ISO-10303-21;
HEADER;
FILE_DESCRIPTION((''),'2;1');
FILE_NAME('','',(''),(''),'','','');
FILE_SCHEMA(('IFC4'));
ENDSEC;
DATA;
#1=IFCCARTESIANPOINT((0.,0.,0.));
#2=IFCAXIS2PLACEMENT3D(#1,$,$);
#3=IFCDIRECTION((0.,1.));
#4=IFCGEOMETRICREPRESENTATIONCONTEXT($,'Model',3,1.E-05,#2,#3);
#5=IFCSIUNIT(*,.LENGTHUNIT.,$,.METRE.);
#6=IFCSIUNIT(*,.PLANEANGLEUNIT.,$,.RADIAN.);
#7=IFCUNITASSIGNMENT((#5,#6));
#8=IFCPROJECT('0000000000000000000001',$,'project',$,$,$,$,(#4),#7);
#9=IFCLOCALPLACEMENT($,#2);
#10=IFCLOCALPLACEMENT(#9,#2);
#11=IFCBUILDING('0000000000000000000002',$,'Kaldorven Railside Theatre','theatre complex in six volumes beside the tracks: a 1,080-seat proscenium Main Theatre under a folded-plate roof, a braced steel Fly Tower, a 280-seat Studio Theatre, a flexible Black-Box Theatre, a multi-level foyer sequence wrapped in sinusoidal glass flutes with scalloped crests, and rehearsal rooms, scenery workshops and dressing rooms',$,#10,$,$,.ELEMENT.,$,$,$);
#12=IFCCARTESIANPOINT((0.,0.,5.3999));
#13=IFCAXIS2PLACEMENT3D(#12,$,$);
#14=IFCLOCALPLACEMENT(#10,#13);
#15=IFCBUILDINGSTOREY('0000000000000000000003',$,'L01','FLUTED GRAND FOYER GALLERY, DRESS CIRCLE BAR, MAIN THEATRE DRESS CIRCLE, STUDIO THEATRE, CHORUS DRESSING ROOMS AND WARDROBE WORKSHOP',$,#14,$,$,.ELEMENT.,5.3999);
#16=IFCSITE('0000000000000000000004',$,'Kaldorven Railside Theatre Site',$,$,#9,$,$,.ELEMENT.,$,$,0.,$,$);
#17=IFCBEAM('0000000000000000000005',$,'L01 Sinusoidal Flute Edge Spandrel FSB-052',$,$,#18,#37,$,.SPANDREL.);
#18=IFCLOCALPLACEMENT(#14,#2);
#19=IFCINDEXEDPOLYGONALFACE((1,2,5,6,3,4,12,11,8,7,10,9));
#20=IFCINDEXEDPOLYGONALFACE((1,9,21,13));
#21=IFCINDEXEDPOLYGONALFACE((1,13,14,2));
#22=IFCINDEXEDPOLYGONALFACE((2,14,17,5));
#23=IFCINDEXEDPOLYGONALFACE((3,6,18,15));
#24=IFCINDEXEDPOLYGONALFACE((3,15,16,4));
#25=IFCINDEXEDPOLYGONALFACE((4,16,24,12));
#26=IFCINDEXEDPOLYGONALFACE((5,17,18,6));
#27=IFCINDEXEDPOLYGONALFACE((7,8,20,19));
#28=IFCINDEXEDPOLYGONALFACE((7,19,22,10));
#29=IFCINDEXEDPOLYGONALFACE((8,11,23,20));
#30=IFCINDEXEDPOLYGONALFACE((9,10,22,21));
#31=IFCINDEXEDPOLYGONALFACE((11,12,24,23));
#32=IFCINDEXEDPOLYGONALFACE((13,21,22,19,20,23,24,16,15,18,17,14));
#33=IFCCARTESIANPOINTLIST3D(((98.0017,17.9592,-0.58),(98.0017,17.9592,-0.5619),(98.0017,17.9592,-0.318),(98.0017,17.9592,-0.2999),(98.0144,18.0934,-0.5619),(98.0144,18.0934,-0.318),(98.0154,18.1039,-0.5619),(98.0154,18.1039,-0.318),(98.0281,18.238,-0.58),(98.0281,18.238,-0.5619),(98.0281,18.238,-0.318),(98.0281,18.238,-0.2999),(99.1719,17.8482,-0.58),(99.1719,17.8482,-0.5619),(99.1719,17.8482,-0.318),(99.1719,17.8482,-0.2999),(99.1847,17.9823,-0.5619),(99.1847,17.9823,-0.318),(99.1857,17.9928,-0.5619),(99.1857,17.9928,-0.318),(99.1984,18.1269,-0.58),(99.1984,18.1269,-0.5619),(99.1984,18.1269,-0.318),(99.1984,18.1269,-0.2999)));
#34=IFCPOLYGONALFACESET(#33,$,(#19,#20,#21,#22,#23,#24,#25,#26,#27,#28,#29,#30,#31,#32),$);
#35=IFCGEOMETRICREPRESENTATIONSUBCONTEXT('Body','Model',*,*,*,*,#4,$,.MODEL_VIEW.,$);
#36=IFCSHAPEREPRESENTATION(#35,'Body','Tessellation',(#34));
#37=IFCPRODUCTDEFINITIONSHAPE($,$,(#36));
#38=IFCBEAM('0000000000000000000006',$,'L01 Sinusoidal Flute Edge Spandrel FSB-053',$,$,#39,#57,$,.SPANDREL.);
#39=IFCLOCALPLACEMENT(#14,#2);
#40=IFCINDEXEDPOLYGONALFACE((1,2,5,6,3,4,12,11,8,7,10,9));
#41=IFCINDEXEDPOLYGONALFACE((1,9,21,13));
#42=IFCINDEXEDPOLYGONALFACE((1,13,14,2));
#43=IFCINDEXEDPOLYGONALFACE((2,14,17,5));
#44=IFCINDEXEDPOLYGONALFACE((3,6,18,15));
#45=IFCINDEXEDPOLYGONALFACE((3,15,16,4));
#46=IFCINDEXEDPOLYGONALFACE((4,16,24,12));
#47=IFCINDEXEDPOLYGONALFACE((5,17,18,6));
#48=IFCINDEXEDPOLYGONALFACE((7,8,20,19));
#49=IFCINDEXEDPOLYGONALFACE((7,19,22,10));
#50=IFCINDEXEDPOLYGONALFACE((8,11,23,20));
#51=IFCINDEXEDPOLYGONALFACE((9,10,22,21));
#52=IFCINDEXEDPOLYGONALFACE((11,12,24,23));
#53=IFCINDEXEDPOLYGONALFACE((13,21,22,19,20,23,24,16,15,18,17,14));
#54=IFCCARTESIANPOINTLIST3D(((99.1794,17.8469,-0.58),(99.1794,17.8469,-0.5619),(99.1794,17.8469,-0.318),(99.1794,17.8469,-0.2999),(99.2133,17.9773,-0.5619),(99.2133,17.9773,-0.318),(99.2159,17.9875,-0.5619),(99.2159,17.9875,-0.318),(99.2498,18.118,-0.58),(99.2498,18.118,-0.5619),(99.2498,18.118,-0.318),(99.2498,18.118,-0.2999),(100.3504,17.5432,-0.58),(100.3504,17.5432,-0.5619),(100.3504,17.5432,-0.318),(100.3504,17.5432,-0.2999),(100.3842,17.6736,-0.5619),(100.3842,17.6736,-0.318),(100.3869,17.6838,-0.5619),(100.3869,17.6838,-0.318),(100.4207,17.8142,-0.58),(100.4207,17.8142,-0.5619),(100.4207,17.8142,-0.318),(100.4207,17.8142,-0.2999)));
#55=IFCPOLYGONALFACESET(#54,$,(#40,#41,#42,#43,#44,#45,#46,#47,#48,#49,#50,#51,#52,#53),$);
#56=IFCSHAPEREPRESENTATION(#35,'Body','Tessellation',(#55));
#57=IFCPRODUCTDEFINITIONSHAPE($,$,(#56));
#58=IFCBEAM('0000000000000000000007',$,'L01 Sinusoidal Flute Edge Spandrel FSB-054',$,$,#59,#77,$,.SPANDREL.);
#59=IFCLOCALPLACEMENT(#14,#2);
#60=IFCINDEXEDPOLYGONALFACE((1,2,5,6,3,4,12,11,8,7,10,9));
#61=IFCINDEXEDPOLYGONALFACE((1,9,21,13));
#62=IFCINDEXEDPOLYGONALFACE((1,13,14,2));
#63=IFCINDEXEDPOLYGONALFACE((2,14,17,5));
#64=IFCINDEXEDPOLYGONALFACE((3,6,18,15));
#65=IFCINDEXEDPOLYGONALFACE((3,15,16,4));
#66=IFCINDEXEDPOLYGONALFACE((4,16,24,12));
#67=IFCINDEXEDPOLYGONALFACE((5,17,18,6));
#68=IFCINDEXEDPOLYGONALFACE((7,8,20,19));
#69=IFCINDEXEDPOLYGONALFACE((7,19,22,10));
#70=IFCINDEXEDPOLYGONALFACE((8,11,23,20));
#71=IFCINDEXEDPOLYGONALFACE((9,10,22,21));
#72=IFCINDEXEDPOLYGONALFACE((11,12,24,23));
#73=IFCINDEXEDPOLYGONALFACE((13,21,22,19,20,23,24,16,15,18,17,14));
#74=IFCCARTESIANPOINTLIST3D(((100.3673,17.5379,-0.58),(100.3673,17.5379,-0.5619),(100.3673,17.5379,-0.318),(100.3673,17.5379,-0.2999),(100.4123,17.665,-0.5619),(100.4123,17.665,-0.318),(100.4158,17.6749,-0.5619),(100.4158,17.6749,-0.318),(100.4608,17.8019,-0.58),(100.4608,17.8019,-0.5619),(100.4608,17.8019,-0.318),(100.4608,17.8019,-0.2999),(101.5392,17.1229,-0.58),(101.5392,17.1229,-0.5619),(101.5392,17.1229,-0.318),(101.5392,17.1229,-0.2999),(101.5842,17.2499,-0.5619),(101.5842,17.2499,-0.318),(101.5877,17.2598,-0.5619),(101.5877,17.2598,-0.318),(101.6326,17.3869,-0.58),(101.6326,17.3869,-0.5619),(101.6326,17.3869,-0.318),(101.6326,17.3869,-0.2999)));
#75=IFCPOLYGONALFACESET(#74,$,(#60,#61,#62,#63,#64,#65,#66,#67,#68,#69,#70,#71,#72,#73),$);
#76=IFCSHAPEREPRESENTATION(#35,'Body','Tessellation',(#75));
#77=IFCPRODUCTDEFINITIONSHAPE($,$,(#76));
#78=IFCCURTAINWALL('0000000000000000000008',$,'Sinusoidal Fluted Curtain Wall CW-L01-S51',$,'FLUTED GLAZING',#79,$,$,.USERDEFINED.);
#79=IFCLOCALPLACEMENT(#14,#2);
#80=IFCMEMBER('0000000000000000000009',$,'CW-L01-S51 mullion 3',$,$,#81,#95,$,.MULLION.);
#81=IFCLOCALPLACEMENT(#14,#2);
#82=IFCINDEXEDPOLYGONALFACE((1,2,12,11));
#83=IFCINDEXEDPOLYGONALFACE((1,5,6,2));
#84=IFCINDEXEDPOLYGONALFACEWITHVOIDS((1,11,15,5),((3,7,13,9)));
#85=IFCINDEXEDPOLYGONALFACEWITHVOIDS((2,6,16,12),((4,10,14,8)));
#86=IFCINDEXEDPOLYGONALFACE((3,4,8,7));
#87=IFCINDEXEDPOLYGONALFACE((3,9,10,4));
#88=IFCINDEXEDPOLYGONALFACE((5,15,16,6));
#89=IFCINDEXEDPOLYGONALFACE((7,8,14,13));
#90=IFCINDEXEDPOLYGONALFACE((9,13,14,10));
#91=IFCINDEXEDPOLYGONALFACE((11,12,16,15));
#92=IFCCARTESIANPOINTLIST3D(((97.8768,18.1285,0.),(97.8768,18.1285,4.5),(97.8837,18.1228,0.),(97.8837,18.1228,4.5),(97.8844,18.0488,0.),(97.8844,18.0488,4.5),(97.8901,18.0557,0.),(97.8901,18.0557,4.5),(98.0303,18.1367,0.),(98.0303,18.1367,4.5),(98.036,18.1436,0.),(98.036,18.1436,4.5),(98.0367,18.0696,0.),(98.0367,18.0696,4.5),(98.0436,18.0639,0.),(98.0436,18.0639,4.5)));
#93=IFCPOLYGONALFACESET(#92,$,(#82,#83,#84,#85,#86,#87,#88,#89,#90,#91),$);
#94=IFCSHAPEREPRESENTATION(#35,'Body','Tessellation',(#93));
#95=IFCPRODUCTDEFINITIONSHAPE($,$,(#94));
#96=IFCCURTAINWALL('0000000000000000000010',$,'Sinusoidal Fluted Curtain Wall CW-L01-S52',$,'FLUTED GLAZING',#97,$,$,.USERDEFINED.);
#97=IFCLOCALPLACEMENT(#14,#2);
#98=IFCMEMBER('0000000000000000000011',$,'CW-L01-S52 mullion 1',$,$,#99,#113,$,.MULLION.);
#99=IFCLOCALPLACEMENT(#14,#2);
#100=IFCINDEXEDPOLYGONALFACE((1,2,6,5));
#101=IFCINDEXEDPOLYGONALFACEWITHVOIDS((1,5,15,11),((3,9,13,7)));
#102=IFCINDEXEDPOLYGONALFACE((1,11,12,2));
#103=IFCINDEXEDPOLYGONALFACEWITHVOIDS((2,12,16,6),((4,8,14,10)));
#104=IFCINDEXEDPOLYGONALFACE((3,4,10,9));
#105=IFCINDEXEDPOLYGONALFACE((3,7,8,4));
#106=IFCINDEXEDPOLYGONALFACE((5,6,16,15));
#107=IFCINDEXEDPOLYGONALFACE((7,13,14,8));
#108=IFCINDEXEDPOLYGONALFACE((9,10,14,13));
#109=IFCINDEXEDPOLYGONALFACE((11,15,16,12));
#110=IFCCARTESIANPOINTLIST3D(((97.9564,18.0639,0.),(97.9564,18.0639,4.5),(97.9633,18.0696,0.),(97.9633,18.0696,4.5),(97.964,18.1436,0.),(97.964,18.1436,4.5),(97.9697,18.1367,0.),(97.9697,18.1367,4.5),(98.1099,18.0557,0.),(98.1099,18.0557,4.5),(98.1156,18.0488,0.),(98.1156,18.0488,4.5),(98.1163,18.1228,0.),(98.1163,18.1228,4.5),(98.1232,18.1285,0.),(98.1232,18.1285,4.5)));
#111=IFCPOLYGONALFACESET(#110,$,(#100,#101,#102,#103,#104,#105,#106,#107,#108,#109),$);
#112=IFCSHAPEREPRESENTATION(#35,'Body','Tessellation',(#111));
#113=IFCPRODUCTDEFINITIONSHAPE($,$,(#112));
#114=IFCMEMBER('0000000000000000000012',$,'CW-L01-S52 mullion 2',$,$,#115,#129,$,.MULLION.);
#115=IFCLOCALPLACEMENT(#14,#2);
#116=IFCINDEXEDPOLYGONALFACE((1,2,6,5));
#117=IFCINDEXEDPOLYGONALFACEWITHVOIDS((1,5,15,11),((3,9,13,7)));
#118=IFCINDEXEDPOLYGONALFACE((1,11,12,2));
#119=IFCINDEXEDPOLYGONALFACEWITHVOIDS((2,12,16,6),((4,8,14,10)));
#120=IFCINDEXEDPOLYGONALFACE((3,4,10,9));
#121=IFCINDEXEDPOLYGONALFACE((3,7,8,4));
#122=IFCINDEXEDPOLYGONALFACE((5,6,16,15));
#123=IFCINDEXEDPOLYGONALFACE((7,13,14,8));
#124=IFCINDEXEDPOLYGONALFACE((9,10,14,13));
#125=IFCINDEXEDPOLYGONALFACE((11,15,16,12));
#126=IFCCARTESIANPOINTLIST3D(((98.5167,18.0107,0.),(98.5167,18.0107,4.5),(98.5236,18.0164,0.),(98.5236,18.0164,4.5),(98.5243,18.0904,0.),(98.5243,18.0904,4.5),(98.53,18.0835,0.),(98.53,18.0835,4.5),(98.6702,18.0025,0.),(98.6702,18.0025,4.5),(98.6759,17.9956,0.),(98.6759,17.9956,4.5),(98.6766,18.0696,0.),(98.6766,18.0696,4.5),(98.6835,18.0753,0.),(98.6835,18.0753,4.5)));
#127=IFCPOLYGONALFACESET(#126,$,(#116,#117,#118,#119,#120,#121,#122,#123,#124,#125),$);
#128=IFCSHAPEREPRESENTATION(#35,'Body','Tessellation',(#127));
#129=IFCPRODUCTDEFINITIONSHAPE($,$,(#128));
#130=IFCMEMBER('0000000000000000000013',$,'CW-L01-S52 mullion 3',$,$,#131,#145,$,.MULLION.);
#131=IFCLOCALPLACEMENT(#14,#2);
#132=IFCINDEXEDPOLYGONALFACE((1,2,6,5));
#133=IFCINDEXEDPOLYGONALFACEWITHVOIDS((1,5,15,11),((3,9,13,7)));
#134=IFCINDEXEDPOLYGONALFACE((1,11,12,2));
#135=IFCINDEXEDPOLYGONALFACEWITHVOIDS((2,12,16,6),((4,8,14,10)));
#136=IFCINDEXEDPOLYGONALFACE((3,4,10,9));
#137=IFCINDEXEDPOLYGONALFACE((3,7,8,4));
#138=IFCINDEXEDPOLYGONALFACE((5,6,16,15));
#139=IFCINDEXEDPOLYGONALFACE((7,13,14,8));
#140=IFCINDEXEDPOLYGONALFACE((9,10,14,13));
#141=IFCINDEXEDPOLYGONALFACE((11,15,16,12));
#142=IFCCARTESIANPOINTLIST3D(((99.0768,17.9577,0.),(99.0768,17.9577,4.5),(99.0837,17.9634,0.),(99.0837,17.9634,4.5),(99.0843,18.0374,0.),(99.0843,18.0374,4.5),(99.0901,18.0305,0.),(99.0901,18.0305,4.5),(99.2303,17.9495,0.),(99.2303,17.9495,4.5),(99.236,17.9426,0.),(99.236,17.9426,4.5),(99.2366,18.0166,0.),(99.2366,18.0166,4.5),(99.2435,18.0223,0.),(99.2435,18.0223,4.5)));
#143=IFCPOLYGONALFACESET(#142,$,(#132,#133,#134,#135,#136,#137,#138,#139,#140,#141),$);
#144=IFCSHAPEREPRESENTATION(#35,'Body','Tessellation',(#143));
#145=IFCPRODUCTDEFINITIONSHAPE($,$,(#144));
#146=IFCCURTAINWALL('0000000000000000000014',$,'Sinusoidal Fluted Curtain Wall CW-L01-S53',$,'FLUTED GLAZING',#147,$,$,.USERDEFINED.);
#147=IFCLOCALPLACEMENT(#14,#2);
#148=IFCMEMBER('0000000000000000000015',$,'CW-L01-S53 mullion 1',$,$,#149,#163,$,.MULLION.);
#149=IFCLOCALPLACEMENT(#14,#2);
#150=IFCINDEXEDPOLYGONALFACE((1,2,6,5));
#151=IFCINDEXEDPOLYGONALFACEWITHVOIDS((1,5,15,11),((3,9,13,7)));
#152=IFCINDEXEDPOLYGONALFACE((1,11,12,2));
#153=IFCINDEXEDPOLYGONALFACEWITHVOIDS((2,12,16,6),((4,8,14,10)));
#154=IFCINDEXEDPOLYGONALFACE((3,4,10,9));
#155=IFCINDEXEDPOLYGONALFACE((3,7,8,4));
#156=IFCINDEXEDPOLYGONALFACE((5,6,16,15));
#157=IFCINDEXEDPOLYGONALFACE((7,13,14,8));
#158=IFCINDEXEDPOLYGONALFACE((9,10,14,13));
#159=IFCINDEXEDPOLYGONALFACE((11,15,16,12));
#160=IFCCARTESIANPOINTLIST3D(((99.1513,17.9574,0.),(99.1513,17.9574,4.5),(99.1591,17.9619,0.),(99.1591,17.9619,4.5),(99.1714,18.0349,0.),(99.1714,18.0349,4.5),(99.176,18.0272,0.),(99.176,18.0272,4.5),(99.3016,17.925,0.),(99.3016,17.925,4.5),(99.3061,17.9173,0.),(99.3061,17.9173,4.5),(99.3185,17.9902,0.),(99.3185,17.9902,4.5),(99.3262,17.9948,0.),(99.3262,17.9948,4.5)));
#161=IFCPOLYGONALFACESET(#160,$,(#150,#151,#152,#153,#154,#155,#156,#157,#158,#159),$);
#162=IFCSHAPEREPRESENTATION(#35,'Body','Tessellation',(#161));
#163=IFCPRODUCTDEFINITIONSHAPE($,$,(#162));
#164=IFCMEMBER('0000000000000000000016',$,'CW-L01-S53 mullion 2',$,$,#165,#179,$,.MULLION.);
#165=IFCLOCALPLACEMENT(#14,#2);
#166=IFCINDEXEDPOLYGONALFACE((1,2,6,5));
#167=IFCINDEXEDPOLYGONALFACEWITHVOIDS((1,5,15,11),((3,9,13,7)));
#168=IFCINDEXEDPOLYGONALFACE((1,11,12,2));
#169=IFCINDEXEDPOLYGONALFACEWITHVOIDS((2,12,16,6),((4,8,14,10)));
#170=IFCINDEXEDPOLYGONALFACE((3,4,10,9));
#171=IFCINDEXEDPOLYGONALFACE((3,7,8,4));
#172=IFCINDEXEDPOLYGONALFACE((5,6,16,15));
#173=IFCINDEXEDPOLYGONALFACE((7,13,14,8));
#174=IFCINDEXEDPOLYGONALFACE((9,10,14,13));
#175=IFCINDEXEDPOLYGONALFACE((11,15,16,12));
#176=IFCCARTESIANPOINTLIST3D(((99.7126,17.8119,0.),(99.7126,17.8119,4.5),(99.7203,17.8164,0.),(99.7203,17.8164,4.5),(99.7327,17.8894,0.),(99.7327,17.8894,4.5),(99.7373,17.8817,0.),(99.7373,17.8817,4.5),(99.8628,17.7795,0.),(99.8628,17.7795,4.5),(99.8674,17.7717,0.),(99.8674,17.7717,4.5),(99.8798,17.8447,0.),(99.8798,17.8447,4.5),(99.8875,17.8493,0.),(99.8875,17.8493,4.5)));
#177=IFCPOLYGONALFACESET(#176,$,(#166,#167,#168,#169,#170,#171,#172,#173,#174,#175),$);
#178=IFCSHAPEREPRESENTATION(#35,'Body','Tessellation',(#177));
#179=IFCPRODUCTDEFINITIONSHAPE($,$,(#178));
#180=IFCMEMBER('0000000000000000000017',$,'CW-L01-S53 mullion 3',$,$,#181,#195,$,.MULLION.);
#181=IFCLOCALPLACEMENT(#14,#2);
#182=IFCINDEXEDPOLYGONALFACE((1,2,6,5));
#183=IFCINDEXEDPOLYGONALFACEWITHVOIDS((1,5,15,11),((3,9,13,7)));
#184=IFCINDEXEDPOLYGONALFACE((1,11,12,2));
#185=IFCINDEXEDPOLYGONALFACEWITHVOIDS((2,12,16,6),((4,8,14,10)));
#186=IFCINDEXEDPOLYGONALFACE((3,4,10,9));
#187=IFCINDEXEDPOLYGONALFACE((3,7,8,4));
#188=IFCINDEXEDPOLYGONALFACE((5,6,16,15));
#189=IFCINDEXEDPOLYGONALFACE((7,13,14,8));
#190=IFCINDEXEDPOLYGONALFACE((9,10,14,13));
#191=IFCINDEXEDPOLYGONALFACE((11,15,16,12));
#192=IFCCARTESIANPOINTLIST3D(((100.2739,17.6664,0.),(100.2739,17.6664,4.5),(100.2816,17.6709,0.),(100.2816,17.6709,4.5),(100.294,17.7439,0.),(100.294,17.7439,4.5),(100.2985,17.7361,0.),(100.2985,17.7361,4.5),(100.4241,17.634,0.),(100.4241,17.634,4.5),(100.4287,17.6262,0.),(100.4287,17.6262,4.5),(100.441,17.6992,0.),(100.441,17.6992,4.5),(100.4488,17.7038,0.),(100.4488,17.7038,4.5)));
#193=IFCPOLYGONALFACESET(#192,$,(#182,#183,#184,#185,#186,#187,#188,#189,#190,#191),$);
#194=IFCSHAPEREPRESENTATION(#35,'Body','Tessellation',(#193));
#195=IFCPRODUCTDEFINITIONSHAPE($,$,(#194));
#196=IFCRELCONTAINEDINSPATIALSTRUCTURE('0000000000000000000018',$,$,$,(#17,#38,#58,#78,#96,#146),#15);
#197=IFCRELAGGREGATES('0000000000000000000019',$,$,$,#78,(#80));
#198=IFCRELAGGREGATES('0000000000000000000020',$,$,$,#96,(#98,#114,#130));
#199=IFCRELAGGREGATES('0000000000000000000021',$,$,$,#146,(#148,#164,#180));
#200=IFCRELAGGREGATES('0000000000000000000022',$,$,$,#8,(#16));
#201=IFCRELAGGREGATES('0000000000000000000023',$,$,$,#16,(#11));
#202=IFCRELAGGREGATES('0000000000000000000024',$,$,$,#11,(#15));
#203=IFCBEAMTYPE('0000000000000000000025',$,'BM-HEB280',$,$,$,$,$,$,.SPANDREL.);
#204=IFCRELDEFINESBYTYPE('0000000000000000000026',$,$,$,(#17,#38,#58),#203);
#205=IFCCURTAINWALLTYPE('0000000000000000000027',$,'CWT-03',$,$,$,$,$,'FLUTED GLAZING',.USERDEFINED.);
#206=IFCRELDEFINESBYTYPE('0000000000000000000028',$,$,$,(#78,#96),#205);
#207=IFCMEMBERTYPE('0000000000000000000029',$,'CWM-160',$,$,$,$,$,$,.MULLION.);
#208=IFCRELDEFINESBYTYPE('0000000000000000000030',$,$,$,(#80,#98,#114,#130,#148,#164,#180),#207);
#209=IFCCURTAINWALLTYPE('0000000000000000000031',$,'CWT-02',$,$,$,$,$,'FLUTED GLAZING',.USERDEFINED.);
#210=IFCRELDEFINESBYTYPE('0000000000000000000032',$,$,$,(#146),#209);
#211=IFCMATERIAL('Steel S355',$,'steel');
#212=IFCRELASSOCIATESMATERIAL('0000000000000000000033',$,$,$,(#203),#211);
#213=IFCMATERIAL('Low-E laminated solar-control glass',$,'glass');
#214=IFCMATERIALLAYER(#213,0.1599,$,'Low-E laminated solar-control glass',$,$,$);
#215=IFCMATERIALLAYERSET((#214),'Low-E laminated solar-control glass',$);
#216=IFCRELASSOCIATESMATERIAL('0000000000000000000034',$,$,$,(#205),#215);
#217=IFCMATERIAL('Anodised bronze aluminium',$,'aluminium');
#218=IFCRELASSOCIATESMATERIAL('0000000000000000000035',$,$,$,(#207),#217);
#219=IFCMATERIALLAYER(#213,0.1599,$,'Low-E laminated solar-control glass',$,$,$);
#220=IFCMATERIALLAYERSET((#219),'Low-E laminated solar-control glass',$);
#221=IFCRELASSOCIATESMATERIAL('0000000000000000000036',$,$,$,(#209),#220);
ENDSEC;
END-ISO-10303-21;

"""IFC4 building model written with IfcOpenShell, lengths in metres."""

from ifc_helpers import new_model, si_unit, direction, frame, origin, origin_2d, place, context, subcontext, project, spatial, hollow_rectangle, i_section, extrude, material, layer, layer_set, material_profile, profile_set, type_object, element, aggregate, save


model = new_model("IFC4")

# Units and contexts
model_context = context("Model", 3, precision=1e-05, world=origin(), true_north=direction((0.0, 1.0)))
body_context = subcontext(model_context, "Body", "Model", "MODEL_VIEW")
ifc_project = project(units=[si_unit("LENGTHUNIT", "METRE"), si_unit("PLANEANGLEUNIT", "RADIAN")], contexts=[model_context])

# Site, building, storey
site_placement = place(None, origin())
site = spatial("IfcSite", under=ifc_project, at=site_placement, Name="Kaldorven Railside Theatre Site", CompositionType="ELEMENT", RefElevation=0.0)
building_placement = place(site_placement, origin())
building = spatial("IfcBuilding", under=site, at=building_placement, Name="Kaldorven Railside Theatre", Description="theatre complex in six volumes beside the tracks: a 1,080-seat proscenium Main Theatre under a folded-plate roof, a braced steel Fly Tower, a 280-seat Studio Theatre, a flexible Black-Box Theatre, a multi-level foyer sequence wrapped in sinusoidal glass flutes with scalloped crests, and rehearsal rooms, scenery workshops and dressing rooms", CompositionType="ELEMENT")
storey_placement = place(building_placement, frame((0.0, 0.0, 5.3999)))
storey = spatial("IfcBuildingStorey", under=building, at=storey_placement, Name="L01", Description="FLUTED GRAND FOYER GALLERY, DRESS CIRCLE BAR, MAIN THEATRE DRESS CIRCLE, STUDIO THEATRE, CHORUS DRESSING ROOMS AND WARDROBE WORKSHOP", CompositionType="ELEMENT", Elevation=5.3999)

# Beams
ifc_material_1 = material(Name="Steel S355", Category="steel")
ifc_material_profile_1 = material_profile(ifc_material_1, i_section(OverallWidth=0.28, OverallDepth=0.28, WebThickness=0.0105, FlangeThickness=0.0181, at=origin_2d()), Name="HEB 280")
ifc_profile_set_1 = profile_set([ifc_material_profile_1], Name="Steel S355")
beam_type = type_object("IfcBeamType", Name="BM-HEB280", PredefinedType="SPANDREL", material=ifc_profile_set_1)
beam_1_placement = place(storey_placement, frame((98.0149, 18.0986, -0.4399), z_axis=(0.995524, -0.094505, 0.0), x_axis=(0.094505, 0.995524, 0.0)))
element("IfcBeam", 1, at=beam_1_placement, inside=storey, type_object=beam_type, Name="L01 Sinusoidal Flute Edge Spandrel FSB-052", PredefinedType="SPANDREL", context=body_context, shape_type="SweptSolid", body=[
    extrude(i_section(OverallWidth=0.28, OverallDepth=0.28, WebThickness=0.0105, FlangeThickness=0.0181, at=origin_2d()), origin(), (0.0, 0.0, 1.0), 1.1755),
])
beam_2_placement = place(storey_placement, frame((99.2146, 17.9824, -0.4399), z_axis=(0.967968, -0.251074, 0.0), x_axis=(0.251074, 0.967968, 0.0)))
element("IfcBeam", 2, at=beam_2_placement, inside=storey, type_object=beam_type, Name="L01 Sinusoidal Flute Edge Spandrel FSB-053", PredefinedType="SPANDREL", context=body_context, shape_type="SweptSolid", body=[
    extrude(i_section(OverallWidth=0.28, OverallDepth=0.28, WebThickness=0.0105, FlangeThickness=0.0181, at=origin_2d()), origin(), (0.0, 0.0, 1.0), 1.2097),
])
beam_3_placement = place(storey_placement, frame((100.4141, 17.6699, -0.4399), z_axis=(0.942627, -0.333847, 0.0), x_axis=(0.333847, 0.942627, 0.0)))
element("IfcBeam", 3, at=beam_3_placement, inside=storey, type_object=beam_type, Name="L01 Sinusoidal Flute Edge Spandrel FSB-054", PredefinedType="SPANDREL", context=body_context, shape_type="SweptSolid", body=[
    extrude(i_section(OverallWidth=0.28, OverallDepth=0.28, WebThickness=0.0105, FlangeThickness=0.0181, at=origin_2d()), origin(), (0.0, 0.0, 1.0), 1.2432),
])

# Curtain wall, member
ifc_material_2 = material(Name="Low-E laminated solar-control glass", Category="glass")
ifc_layer_1 = layer(ifc_material_2, 0.1599, Name="Low-E laminated solar-control glass")
ifc_layer_set_1 = layer_set([ifc_layer_1], Name="Low-E laminated solar-control glass")
curtain_wall_type_1 = type_object("IfcCurtainWallType", Name="CWT-03", ElementType="FLUTED GLAZING", PredefinedType="USERDEFINED", material=ifc_layer_set_1)
curtain_wall_1_placement = place(storey_placement, origin())
curtain_wall_1 = element("IfcCurtainWall", 4, at=curtain_wall_1_placement, inside=storey, type_object=curtain_wall_type_1, Name="Sinusoidal Fluted Curtain Wall CW-L01-S51", ObjectType="FLUTED GLAZING", PredefinedType="USERDEFINED")
ifc_material_3 = material(Name="Anodised bronze aluminium", Category="aluminium")
ifc_material_profile_2 = material_profile(ifc_material_3, hollow_rectangle(XDim=0.0801, YDim=0.1599, WallThickness=0.0063, at=origin_2d()), Name="RHS 160x80x6.3")
ifc_profile_set_2 = profile_set([ifc_material_profile_2], Name="Anodised bronze aluminium")
member_type_1 = type_object("IfcMemberType", Name="CWM-160", PredefinedType="MULLION", material=ifc_profile_set_2)
member_1_placement = place(storey_placement, frame((97.9602, 18.0962, 0.0), z_axis=(0.0, 0.0, 1.0), x_axis=(-0.094492, 0.995526, 0.0)))
member_1 = element("IfcMember", 5, at=member_1_placement, type_object=member_type_1, Name="CW-L01-S51 mullion 3", PredefinedType="MULLION", context=body_context, shape_type="SweptSolid", body=[
    extrude(hollow_rectangle(XDim=0.0801, YDim=0.1599, WallThickness=0.0063, at=origin_2d()), origin(), (0.0, 0.0, 1.0), 4.5),
])
aggregate(curtain_wall_1, [member_1])

# Curtain walls, members
curtain_wall_2_placement = place(storey_placement, origin())
curtain_wall_2 = element("IfcCurtainWall", 6, at=curtain_wall_2_placement, inside=storey, type_object=curtain_wall_type_1, Name="Sinusoidal Fluted Curtain Wall CW-L01-S52", ObjectType="FLUTED GLAZING", PredefinedType="USERDEFINED")
member_2_placement = place(storey_placement, frame((98.0398, 18.0962, 0.0), z_axis=(0.0, 0.0, 1.0), x_axis=(0.094492, 0.995526, 0.0)))
member_2 = element("IfcMember", 7, at=member_2_placement, type_object=member_type_1, Name="CW-L01-S52 mullion 1", PredefinedType="MULLION", context=body_context, shape_type="SweptSolid", body=[
    extrude(hollow_rectangle(XDim=0.0801, YDim=0.1599, WallThickness=0.0063, at=origin_2d()), origin(), (0.0, 0.0, 1.0), 4.5),
])
member_3_placement = place(storey_placement, frame((98.6001, 18.043, 0.0), z_axis=(0.0, 0.0, 1.0), x_axis=(0.094492, 0.995526, 0.0)))
member_3 = element("IfcMember", 8, at=member_3_placement, type_object=member_type_1, Name="CW-L01-S52 mullion 2", PredefinedType="MULLION", context=body_context, shape_type="SweptSolid", body=[
    extrude(hollow_rectangle(XDim=0.0801, YDim=0.1599, WallThickness=0.0063, at=origin_2d()), origin(), (0.0, 0.0, 1.0), 4.5),
])
member_4_placement = place(storey_placement, frame((99.1602, 17.99, 0.0), z_axis=(0.0, 0.0, 1.0), x_axis=(0.094492, 0.995526, 0.0)))
member_4 = element("IfcMember", 9, at=member_4_placement, type_object=member_type_1, Name="CW-L01-S52 mullion 3", PredefinedType="MULLION", context=body_context, shape_type="SweptSolid", body=[
    extrude(hollow_rectangle(XDim=0.0801, YDim=0.1599, WallThickness=0.0063, at=origin_2d()), origin(), (0.0, 0.0, 1.0), 4.5),
])
ifc_layer_2 = layer(ifc_material_2, 0.1599, Name="Low-E laminated solar-control glass")
ifc_layer_set_2 = layer_set([ifc_layer_2], Name="Low-E laminated solar-control glass")
curtain_wall_type_2 = type_object("IfcCurtainWallType", Name="CWT-02", ElementType="FLUTED GLAZING", PredefinedType="USERDEFINED", material=ifc_layer_set_2)
curtain_wall_3_placement = place(storey_placement, origin())
curtain_wall_3 = element("IfcCurtainWall", 10, at=curtain_wall_3_placement, inside=storey, type_object=curtain_wall_type_2, Name="Sinusoidal Fluted Curtain Wall CW-L01-S53", ObjectType="FLUTED GLAZING", PredefinedType="USERDEFINED")
member_5_placement = place(storey_placement, frame((99.2388, 17.9761, 0.0), z_axis=(0.0, 0.0, 1.0), x_axis=(0.250954, 0.967999, 0.0)))
member_5 = element("IfcMember", 11, at=member_5_placement, type_object=member_type_1, Name="CW-L01-S53 mullion 1", PredefinedType="MULLION", context=body_context, shape_type="SweptSolid", body=[
    extrude(hollow_rectangle(XDim=0.0801, YDim=0.1599, WallThickness=0.0063, at=origin_2d()), origin(), (0.0, 0.0, 1.0), 4.5),
])
member_6_placement = place(storey_placement, frame((99.8, 17.8306, 0.0), z_axis=(0.0, 0.0, 1.0), x_axis=(0.250954, 0.967999, 0.0)))
member_6 = element("IfcMember", 12, at=member_6_placement, type_object=member_type_1, Name="CW-L01-S53 mullion 2", PredefinedType="MULLION", context=body_context, shape_type="SweptSolid", body=[
    extrude(hollow_rectangle(XDim=0.0801, YDim=0.1599, WallThickness=0.0063, at=origin_2d()), origin(), (0.0, 0.0, 1.0), 4.5),
])
member_7_placement = place(storey_placement, frame((100.3613, 17.6851, 0.0), z_axis=(0.0, 0.0, 1.0), x_axis=(0.250954, 0.967999, 0.0)))
member_7 = element("IfcMember", 13, at=member_7_placement, type_object=member_type_1, Name="CW-L01-S53 mullion 3", PredefinedType="MULLION", context=body_context, shape_type="SweptSolid", body=[
    extrude(hollow_rectangle(XDim=0.0801, YDim=0.1599, WallThickness=0.0063, at=origin_2d()), origin(), (0.0, 0.0, 1.0), 4.5),
])

aggregate(curtain_wall_2, [member_2, member_3, member_4])
aggregate(curtain_wall_3, [member_5, member_6, member_7])

save(model, "model.ifc")
